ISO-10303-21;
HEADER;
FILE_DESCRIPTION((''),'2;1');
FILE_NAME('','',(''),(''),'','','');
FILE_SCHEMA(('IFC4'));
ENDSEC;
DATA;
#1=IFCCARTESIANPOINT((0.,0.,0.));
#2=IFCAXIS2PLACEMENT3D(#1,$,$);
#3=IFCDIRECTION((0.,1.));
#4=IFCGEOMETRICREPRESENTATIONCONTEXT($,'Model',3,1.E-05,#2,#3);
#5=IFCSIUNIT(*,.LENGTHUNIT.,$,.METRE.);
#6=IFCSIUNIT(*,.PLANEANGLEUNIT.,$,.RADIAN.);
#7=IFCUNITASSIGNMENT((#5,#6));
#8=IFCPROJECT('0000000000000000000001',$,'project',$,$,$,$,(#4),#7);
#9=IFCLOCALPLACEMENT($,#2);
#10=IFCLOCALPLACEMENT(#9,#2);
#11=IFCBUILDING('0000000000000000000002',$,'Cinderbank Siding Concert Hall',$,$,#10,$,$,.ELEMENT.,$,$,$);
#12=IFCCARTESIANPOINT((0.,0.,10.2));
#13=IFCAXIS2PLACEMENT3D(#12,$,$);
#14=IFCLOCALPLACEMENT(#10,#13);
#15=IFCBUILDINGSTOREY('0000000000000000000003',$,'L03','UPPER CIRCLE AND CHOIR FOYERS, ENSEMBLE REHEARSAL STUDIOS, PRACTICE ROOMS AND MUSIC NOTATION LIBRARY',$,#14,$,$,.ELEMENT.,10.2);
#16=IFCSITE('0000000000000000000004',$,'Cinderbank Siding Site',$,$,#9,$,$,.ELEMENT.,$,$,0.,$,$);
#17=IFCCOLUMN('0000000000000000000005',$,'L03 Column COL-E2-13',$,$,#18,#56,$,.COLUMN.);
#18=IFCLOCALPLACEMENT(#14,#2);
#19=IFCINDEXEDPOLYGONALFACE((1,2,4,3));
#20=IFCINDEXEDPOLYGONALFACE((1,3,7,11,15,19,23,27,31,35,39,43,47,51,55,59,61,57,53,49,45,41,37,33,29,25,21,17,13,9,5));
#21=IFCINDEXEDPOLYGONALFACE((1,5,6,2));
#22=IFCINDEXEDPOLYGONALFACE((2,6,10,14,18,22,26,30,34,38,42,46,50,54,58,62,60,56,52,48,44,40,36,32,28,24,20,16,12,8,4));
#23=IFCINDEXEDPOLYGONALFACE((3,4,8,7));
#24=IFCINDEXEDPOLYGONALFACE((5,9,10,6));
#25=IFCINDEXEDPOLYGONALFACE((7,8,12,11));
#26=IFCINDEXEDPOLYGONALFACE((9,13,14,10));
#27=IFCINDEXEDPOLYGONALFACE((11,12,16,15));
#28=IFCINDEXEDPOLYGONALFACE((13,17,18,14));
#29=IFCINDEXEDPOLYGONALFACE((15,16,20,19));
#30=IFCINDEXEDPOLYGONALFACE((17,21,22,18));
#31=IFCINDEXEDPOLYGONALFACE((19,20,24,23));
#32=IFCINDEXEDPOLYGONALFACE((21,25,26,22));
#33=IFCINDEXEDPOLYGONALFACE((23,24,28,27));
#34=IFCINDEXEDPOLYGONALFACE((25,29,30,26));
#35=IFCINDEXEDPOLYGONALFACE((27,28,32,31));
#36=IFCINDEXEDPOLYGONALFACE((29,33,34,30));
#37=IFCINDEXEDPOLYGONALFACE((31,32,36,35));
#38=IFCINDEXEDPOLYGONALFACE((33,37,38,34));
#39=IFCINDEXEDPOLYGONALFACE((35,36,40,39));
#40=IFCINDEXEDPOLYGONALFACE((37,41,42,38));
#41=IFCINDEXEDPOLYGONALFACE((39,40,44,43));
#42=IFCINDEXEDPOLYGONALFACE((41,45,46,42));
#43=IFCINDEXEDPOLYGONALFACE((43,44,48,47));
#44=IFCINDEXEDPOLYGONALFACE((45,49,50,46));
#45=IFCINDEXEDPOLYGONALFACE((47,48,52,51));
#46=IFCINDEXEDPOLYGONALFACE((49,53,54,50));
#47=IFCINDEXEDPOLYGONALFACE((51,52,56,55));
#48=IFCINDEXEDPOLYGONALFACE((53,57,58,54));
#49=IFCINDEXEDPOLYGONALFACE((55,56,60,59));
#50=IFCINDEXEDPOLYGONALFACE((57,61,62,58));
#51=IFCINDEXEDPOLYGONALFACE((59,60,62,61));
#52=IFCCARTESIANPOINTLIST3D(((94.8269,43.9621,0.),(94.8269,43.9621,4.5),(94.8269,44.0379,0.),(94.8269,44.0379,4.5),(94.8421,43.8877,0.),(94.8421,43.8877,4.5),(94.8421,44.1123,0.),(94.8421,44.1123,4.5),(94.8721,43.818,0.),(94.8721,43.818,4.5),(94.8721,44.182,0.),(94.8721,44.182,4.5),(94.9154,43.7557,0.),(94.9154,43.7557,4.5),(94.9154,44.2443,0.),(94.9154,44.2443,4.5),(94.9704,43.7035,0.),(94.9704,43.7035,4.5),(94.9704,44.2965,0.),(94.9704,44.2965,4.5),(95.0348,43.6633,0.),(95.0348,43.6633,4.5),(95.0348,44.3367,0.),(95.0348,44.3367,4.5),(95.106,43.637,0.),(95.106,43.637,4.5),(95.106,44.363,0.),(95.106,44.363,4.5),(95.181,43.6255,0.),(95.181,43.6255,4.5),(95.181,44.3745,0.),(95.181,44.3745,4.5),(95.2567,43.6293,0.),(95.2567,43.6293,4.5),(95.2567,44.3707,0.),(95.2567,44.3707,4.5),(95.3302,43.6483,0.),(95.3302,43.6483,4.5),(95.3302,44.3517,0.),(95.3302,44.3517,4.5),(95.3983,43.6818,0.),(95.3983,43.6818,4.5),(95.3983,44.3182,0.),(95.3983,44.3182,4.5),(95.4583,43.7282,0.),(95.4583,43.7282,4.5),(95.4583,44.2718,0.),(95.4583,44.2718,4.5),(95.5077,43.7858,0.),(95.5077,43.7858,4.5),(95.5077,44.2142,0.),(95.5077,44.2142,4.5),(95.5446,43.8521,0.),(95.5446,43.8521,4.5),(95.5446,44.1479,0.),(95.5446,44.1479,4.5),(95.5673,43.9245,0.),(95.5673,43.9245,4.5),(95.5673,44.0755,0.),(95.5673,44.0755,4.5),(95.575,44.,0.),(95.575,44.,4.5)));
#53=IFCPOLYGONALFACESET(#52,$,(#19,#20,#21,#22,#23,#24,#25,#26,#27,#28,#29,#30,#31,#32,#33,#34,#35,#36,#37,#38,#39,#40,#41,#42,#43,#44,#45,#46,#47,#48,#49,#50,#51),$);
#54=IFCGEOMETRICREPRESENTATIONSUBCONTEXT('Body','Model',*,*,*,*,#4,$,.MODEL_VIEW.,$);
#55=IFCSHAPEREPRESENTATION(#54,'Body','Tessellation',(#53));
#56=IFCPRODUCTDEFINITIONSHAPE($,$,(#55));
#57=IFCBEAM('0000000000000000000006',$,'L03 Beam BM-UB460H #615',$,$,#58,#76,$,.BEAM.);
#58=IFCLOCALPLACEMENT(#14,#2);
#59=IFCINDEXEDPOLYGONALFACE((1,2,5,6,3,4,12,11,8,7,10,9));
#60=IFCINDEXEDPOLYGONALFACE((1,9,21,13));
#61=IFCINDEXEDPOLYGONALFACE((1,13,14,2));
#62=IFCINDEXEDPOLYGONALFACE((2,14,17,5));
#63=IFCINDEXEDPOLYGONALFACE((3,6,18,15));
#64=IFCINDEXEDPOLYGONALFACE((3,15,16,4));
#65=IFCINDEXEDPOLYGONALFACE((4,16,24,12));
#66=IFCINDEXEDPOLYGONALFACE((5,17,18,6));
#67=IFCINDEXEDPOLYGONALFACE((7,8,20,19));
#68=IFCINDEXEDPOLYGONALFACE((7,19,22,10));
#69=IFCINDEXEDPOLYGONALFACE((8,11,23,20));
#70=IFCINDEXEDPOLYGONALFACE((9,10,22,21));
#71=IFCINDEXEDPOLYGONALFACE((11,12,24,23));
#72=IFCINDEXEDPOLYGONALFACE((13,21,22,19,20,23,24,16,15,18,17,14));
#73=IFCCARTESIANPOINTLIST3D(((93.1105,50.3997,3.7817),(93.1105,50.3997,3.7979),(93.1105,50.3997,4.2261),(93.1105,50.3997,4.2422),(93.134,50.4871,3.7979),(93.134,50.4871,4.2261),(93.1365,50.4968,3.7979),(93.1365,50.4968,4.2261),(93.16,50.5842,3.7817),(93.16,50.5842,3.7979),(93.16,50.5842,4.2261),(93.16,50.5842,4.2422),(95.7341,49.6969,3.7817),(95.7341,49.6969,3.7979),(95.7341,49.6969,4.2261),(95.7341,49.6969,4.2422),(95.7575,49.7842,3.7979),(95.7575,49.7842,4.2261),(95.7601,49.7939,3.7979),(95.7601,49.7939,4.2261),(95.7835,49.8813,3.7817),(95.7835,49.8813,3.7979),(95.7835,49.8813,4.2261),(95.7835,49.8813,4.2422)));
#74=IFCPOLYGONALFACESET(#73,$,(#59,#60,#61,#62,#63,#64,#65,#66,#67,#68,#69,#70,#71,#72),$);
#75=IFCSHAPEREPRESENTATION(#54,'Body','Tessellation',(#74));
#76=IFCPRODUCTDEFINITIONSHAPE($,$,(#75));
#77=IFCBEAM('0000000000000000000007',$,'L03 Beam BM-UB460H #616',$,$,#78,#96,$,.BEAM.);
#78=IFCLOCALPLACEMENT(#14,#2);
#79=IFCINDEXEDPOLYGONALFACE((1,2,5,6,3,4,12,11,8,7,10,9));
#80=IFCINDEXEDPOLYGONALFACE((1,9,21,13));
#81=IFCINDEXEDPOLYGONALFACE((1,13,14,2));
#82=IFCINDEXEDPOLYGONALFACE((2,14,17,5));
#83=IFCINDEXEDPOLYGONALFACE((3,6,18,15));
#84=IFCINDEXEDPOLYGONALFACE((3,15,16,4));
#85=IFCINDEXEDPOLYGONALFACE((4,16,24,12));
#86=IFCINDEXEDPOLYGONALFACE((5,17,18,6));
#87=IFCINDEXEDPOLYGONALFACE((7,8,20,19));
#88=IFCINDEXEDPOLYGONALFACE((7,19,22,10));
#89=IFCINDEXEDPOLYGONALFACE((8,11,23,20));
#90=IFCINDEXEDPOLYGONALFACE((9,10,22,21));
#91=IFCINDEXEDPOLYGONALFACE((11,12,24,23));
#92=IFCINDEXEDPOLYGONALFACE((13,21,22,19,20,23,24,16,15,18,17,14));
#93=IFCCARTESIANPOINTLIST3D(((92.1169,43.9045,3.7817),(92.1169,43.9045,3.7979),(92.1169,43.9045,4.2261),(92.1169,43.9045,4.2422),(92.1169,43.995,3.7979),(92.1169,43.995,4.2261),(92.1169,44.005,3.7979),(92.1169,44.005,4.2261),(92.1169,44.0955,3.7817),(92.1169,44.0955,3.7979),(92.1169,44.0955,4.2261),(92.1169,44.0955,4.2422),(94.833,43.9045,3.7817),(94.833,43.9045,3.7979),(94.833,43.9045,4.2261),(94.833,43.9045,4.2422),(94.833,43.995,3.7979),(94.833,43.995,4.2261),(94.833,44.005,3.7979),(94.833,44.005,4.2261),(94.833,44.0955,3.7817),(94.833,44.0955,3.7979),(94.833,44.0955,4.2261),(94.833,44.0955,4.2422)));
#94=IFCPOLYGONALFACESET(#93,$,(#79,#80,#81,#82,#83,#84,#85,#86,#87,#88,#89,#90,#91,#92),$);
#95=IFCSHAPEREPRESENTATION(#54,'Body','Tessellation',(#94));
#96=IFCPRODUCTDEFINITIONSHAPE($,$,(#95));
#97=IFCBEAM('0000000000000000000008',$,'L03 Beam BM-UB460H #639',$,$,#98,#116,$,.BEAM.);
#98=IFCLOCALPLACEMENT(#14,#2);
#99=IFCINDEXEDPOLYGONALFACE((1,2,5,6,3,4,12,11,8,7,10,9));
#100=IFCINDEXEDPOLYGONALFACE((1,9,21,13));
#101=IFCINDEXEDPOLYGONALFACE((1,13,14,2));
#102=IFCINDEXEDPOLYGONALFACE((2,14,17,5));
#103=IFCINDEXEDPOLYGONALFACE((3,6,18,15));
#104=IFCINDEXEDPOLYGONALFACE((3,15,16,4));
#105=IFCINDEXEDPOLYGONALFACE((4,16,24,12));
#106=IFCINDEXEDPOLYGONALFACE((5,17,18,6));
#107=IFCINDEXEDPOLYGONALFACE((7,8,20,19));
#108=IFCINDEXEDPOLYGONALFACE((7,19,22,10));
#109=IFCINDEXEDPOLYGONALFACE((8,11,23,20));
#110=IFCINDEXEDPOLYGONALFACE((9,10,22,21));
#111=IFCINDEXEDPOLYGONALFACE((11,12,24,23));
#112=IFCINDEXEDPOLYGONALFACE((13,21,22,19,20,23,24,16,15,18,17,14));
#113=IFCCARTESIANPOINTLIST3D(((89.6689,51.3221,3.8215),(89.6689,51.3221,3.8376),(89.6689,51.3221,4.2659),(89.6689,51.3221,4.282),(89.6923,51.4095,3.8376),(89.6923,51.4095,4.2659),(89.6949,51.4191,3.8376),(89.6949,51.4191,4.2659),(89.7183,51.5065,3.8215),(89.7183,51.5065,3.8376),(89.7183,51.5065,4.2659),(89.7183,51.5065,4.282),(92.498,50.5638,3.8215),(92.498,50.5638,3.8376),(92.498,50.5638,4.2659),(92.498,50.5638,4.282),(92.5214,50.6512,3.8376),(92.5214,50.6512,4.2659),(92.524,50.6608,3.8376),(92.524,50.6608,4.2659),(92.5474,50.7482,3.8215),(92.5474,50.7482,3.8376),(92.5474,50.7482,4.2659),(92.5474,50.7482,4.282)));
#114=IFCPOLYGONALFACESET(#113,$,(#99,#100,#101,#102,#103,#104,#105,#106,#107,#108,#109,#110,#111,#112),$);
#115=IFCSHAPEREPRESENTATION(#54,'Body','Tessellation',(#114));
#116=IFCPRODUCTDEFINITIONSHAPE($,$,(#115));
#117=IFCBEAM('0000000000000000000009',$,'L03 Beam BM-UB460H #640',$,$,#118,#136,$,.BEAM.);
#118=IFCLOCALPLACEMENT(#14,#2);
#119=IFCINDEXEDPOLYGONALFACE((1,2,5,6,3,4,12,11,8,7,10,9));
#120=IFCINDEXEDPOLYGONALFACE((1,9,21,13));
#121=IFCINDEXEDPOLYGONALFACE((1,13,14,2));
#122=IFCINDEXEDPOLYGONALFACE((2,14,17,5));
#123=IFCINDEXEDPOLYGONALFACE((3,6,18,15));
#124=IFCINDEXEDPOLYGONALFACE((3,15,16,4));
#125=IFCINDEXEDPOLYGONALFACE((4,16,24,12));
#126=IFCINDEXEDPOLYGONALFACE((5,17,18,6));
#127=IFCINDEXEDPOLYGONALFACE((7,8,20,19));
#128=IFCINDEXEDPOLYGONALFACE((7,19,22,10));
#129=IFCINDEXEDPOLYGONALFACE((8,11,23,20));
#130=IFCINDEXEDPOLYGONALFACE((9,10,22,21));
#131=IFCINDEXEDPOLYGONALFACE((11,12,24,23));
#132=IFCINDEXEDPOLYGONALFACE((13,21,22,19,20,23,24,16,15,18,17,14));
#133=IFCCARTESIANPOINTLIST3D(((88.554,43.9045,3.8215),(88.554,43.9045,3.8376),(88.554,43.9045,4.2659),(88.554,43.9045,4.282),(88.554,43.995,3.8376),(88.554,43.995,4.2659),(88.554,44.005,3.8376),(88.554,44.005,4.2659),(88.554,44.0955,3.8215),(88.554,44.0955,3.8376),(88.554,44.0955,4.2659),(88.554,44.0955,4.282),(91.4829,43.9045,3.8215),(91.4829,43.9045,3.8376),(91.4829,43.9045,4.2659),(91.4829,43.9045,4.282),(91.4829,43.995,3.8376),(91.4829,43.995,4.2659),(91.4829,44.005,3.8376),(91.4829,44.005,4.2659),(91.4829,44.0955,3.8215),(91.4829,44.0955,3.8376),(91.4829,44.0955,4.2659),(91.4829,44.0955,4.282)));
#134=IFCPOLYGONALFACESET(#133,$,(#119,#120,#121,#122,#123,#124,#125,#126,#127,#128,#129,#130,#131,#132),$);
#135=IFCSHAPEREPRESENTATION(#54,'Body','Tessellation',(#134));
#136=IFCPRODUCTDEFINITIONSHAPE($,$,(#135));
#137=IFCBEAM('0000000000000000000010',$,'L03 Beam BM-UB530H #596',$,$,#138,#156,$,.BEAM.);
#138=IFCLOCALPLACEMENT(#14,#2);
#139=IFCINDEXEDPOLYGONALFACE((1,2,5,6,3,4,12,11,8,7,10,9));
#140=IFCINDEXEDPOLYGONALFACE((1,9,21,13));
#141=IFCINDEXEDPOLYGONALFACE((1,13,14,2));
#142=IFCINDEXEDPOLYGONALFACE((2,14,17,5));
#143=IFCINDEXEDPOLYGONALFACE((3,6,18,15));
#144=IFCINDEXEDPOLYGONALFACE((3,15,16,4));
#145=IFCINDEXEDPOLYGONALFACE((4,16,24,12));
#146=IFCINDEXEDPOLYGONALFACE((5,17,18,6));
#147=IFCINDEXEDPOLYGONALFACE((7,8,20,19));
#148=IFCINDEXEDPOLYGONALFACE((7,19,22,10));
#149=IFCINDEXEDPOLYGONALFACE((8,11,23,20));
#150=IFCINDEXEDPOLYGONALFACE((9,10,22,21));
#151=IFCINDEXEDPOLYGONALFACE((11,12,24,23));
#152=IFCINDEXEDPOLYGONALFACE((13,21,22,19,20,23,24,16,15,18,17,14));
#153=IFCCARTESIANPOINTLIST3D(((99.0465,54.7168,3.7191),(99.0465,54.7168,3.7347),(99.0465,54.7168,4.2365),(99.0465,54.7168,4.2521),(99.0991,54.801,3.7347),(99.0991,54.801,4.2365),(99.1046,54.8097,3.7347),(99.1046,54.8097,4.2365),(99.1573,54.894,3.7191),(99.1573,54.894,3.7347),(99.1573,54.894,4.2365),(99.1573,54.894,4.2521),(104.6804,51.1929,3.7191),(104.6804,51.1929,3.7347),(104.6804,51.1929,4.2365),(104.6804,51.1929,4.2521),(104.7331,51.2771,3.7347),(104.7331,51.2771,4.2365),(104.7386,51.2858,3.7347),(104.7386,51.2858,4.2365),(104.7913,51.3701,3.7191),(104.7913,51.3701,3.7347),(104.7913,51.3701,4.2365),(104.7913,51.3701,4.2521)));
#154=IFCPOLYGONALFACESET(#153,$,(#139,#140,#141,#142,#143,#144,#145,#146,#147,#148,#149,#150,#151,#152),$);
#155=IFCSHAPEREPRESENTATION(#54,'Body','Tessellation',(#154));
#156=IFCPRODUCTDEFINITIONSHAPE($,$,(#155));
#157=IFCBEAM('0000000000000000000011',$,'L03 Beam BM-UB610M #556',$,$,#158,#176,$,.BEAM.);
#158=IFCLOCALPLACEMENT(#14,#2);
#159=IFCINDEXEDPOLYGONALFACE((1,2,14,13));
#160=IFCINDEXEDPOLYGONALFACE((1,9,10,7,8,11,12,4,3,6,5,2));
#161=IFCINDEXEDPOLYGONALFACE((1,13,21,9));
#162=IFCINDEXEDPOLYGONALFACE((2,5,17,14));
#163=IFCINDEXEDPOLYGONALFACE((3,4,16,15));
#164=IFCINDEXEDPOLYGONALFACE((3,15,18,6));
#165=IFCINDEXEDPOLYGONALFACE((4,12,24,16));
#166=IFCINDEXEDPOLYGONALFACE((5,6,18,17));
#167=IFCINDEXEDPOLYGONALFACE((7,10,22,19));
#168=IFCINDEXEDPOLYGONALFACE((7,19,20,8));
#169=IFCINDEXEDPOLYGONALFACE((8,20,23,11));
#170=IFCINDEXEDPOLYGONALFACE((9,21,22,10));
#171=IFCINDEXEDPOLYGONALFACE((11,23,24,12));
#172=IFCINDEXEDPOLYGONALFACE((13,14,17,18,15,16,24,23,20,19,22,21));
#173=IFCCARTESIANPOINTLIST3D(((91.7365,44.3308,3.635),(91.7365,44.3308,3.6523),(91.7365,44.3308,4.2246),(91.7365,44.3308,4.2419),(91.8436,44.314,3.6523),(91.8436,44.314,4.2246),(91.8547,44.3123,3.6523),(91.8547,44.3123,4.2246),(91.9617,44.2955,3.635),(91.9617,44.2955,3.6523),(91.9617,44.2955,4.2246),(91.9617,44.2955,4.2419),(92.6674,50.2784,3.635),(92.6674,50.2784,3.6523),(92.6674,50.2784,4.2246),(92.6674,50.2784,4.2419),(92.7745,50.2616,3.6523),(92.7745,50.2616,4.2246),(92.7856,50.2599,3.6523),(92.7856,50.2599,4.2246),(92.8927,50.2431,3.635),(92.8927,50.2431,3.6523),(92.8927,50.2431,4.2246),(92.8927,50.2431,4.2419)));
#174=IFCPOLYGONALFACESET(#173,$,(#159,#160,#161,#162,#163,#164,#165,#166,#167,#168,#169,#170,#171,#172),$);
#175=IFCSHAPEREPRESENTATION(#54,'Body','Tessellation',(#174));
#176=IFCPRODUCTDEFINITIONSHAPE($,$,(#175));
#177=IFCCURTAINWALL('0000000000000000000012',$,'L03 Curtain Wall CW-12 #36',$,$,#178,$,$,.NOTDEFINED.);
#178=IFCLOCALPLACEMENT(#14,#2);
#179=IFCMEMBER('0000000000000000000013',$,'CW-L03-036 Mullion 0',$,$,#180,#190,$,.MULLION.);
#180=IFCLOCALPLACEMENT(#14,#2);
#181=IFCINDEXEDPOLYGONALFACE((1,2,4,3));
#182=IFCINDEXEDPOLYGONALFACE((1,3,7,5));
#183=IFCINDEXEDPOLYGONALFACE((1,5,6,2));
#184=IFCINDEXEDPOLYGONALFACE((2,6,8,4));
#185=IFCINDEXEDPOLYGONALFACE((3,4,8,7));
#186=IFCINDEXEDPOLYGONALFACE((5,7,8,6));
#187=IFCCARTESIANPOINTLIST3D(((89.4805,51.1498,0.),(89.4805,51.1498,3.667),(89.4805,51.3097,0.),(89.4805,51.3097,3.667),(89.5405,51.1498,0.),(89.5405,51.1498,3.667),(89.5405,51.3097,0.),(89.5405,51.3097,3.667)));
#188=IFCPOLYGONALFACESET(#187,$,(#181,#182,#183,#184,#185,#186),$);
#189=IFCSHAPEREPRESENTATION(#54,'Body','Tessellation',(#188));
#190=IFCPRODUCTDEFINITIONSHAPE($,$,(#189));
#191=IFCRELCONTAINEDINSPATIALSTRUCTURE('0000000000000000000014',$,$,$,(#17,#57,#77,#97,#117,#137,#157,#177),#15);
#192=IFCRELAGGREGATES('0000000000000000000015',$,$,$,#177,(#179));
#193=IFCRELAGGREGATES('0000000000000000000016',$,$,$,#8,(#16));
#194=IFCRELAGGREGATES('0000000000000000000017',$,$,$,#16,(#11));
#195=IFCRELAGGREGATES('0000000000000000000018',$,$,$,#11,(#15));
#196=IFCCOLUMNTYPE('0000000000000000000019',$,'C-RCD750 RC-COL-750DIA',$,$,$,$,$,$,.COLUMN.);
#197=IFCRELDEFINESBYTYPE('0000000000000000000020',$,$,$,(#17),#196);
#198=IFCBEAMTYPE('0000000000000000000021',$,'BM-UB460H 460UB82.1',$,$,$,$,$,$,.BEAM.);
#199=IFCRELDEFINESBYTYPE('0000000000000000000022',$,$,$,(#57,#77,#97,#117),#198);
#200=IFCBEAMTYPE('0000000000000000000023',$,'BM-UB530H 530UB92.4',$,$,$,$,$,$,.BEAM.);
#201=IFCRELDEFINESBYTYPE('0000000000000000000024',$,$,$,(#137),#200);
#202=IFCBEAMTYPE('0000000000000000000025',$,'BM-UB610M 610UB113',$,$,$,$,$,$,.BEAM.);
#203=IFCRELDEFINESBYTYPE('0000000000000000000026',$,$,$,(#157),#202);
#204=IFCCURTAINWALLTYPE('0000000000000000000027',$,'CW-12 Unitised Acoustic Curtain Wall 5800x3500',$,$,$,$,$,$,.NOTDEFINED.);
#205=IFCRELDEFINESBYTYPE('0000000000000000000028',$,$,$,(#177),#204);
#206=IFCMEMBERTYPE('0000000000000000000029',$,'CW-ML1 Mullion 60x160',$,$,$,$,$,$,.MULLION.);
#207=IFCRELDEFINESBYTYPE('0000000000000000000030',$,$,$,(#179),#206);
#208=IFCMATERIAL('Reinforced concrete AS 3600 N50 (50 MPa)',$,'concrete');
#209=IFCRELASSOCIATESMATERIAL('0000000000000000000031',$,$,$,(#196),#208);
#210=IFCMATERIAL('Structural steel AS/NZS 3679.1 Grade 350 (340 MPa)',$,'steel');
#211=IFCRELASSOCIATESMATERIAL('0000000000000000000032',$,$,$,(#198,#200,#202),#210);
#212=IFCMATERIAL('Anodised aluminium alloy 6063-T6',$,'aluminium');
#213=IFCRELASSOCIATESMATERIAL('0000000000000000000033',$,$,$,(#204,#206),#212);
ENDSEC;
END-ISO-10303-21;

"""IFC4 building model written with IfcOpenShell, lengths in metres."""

from ifc_helpers import new_model, si_unit, direction, frame, origin, origin_2d, place, context, subcontext, project, spatial, rectangle, circle, i_section, extrude, material, material_profile, profile_set, type_object, element, aggregate, save


model = new_model("IFC4")

# Units and contexts
model_context = context("Model", 3, precision=1e-05, world=origin(), true_north=direction((0.0, 1.0)))
body_context = subcontext(model_context, "Body", "Model", "MODEL_VIEW")
ifc_project = project(units=[si_unit("LENGTHUNIT", "METRE"), si_unit("PLANEANGLEUNIT", "RADIAN")], contexts=[model_context])

# Site, building, storey
site_placement = place(None, origin())
site = spatial("IfcSite", under=ifc_project, at=site_placement, Name="Cinderbank Siding Site", CompositionType="ELEMENT", RefElevation=0.0)
building_placement = place(site_placement, origin())
building = spatial("IfcBuilding", under=site, at=building_placement, Name="Cinderbank Siding Concert Hall", CompositionType="ELEMENT")
storey_placement = place(building_placement, frame((0.0, 0.0, 10.2)))
storey = spatial("IfcBuildingStorey", under=building, at=storey_placement, Name="L03", Description="UPPER CIRCLE AND CHOIR FOYERS, ENSEMBLE REHEARSAL STUDIOS, PRACTICE ROOMS AND MUSIC NOTATION LIBRARY", CompositionType="ELEMENT", Elevation=10.2)

# Column
ifc_material_1 = material(Name="Reinforced concrete AS 3600 N50 (50 MPa)", Category="concrete")
ifc_material_profile_1 = material_profile(ifc_material_1, circle(Radius=0.375, at=origin_2d()), Name="RC-COL-750DIA", Category="LoadBearing")
ifc_profile_set_1 = profile_set([ifc_material_profile_1], Name="Reinforced concrete AS 3600 N50 (50 MPa)")
column_type_1 = type_object("IfcColumnType", Name="C-RCD750 RC-COL-750DIA", PredefinedType="COLUMN", material=ifc_profile_set_1)
for number, where, z_axis, x_axis, name in (
    (1, (95.2, 44.0, 0.0), (0.0, 0.0, 1.0), (1.0, 0.0, 0.0), "L03 Column COL-E2-13"),
):
    element("IfcColumn", number, at=place(storey_placement, frame(where, z_axis=z_axis, x_axis=x_axis)), inside=storey, type_object=column_type_1, Name=name, PredefinedType="COLUMN", context=body_context, shape_type="SweptSolid", body=[
        extrude(circle(Radius=0.375, at=origin_2d()), origin(), (0.0, 0.0, 1.0), 4.5),
    ])

# Beams
ifc_material_2 = material(Name="Structural steel AS/NZS 3679.1 Grade 350 (340 MPa)", Category="steel")
ifc_material_profile_2 = material_profile(ifc_material_2, i_section(OverallWidth=0.1909, OverallDepth=0.4604, WebThickness=0.01, FlangeThickness=0.0161, at=origin_2d()), Name="460UB82.1", Category="LoadBearing")
ifc_profile_set_2 = profile_set([ifc_material_profile_2], Name="Structural steel AS/NZS 3679.1 Grade 350 (340 MPa)")
beam_type_1 = type_object("IfcBeamType", Name="BM-UB460H 460UB82.1", PredefinedType="BEAM", material=ifc_profile_set_2)
for number, where, z_axis, x_axis, name in (
    (2, (95.7588, 49.7891, 4.012), (-0.965934, 0.258787, 0.0), (-0.258787, -0.965934, 0.0), "L03 Beam BM-UB460H #615"),
    (3, (94.833, 44.0, 4.012), (-1.0, 0.0, 0.0), (0.0, -1.0, 0.0), "L03 Beam BM-UB460H #616"),
):
    element("IfcBeam", number, at=place(storey_placement, frame(where, z_axis=z_axis, x_axis=x_axis)), inside=storey, type_object=beam_type_1, Name=name, PredefinedType="BEAM", context=body_context, shape_type="SweptSolid", body=[
        extrude(i_section(OverallWidth=0.1909, OverallDepth=0.4604, WebThickness=0.01, FlangeThickness=0.0161, at=origin_2d()), origin(), (0.0, 0.0, 1.0), 2.7161),
    ])
for number, where, z_axis, x_axis, name in (
    (4, (92.5227, 50.656, 4.0518), (-0.965905, 0.258897, 0.0), (-0.258897, -0.965905, 0.0), "L03 Beam BM-UB460H #639"),
    (5, (91.4829, 44.0, 4.0518), (-1.0, 0.0, 0.0), (0.0, -1.0, 0.0), "L03 Beam BM-UB460H #640"),
):
    element("IfcBeam", number, at=place(storey_placement, frame(where, z_axis=z_axis, x_axis=x_axis)), inside=storey, type_object=beam_type_1, Name=name, PredefinedType="BEAM", context=body_context, shape_type="SweptSolid", body=[
        extrude(i_section(OverallWidth=0.1909, OverallDepth=0.4604, WebThickness=0.01, FlangeThickness=0.0161, at=origin_2d()), origin(), (0.0, 0.0, 1.0), 2.929),
    ])
ifc_material_profile_3 = material_profile(ifc_material_2, i_section(OverallWidth=0.209, OverallDepth=0.533, WebThickness=0.0103, FlangeThickness=0.0156, at=origin_2d()), Name="530UB92.4", Category="LoadBearing")
ifc_profile_set_3 = profile_set([ifc_material_profile_3], Name="Structural steel AS/NZS 3679.1 Grade 350 (340 MPa)")
beam_type_2 = type_object("IfcBeamType", Name="BM-UB530H 530UB92.4", PredefinedType="BEAM", material=ifc_profile_set_3)
beam_1_placement = place(storey_placement, frame((104.7358, 51.2815, 3.9856), z_axis=(-0.847819, 0.530286, 0.0), x_axis=(-0.530286, -0.847819, 0.0)))
element("IfcBeam", 6, at=beam_1_placement, inside=storey, type_object=beam_type_2, Name="L03 Beam BM-UB530H #596", PredefinedType="BEAM", context=body_context, shape_type="SweptSolid", body=[
    extrude(i_section(OverallWidth=0.209, OverallDepth=0.533, WebThickness=0.0103, FlangeThickness=0.0156, at=origin_2d()), origin(), (0.0, 0.0, 1.0), 6.6453),
])
ifc_material_profile_4 = material_profile(ifc_material_2, i_section(OverallWidth=0.228, OverallDepth=0.6069, WebThickness=0.0112, FlangeThickness=0.0173, at=origin_2d()), Name="610UB113", Category="LoadBearing")
ifc_profile_set_4 = profile_set([ifc_material_profile_4], Name="Structural steel AS/NZS 3679.1 Grade 350 (340 MPa)")
beam_type_3 = type_object("IfcBeamType", Name="BM-UB610M 610UB113", PredefinedType="BEAM", material=ifc_profile_set_4)
beam_2_placement = place(storey_placement, frame((92.78, 50.2607, 3.9385), z_axis=(-0.154638, -0.987971, 0.0), x_axis=(0.987971, -0.154638, 0.0)))
element("IfcBeam", 7, at=beam_2_placement, inside=storey, type_object=beam_type_3, Name="L03 Beam BM-UB610M #556", PredefinedType="BEAM", context=body_context, shape_type="SweptSolid", body=[
    extrude(i_section(OverallWidth=0.228, OverallDepth=0.6069, WebThickness=0.0112, FlangeThickness=0.0173, at=origin_2d()), origin(), (0.0, 0.0, 1.0), 6.02),
])

# Curtain wall, member
ifc_material_3 = material(Name="Anodised aluminium alloy 6063-T6", Category="aluminium")
curtain_wall_type_1 = type_object("IfcCurtainWallType", Name="CW-12 Unitised Acoustic Curtain Wall 5800x3500", PredefinedType="NOTDEFINED", material=ifc_material_3)
curtain_wall_1_placement = place(storey_placement, origin())
curtain_wall_1 = element("IfcCurtainWall", 8, at=curtain_wall_1_placement, inside=storey, type_object=curtain_wall_type_1, Name="L03 Curtain Wall CW-12 #36", PredefinedType="NOTDEFINED")
ifc_material_profile_5 = material_profile(ifc_material_3, rectangle(XDim=0.0601, YDim=0.1599, at=origin_2d()), Name="ALU-MULL-60x160", Category="LoadBearing")
ifc_profile_set_5 = profile_set([ifc_material_profile_5], Name="Anodised aluminium alloy 6063-T6")
member_type_1 = type_object("IfcMemberType", Name="CW-ML1 Mullion 60x160", PredefinedType="MULLION", material=ifc_profile_set_5)
member_1_placement = place(storey_placement, frame((89.5105, 51.2297, 0.0), z_axis=(0.0, 0.0, 1.0), x_axis=(1.0, 0.0, 0.0)))
member_1 = element("IfcMember", 9, at=member_1_placement, type_object=member_type_1, Name="CW-L03-036 Mullion 0", PredefinedType="MULLION", context=body_context, shape_type="SweptSolid", body=[
    extrude(rectangle(XDim=0.0601, YDim=0.1599, at=origin_2d()), origin(), (0.0, 0.0, 1.0), 3.667),
])

aggregate(curtain_wall_1, [member_1])

save(model, "model.ifc")
